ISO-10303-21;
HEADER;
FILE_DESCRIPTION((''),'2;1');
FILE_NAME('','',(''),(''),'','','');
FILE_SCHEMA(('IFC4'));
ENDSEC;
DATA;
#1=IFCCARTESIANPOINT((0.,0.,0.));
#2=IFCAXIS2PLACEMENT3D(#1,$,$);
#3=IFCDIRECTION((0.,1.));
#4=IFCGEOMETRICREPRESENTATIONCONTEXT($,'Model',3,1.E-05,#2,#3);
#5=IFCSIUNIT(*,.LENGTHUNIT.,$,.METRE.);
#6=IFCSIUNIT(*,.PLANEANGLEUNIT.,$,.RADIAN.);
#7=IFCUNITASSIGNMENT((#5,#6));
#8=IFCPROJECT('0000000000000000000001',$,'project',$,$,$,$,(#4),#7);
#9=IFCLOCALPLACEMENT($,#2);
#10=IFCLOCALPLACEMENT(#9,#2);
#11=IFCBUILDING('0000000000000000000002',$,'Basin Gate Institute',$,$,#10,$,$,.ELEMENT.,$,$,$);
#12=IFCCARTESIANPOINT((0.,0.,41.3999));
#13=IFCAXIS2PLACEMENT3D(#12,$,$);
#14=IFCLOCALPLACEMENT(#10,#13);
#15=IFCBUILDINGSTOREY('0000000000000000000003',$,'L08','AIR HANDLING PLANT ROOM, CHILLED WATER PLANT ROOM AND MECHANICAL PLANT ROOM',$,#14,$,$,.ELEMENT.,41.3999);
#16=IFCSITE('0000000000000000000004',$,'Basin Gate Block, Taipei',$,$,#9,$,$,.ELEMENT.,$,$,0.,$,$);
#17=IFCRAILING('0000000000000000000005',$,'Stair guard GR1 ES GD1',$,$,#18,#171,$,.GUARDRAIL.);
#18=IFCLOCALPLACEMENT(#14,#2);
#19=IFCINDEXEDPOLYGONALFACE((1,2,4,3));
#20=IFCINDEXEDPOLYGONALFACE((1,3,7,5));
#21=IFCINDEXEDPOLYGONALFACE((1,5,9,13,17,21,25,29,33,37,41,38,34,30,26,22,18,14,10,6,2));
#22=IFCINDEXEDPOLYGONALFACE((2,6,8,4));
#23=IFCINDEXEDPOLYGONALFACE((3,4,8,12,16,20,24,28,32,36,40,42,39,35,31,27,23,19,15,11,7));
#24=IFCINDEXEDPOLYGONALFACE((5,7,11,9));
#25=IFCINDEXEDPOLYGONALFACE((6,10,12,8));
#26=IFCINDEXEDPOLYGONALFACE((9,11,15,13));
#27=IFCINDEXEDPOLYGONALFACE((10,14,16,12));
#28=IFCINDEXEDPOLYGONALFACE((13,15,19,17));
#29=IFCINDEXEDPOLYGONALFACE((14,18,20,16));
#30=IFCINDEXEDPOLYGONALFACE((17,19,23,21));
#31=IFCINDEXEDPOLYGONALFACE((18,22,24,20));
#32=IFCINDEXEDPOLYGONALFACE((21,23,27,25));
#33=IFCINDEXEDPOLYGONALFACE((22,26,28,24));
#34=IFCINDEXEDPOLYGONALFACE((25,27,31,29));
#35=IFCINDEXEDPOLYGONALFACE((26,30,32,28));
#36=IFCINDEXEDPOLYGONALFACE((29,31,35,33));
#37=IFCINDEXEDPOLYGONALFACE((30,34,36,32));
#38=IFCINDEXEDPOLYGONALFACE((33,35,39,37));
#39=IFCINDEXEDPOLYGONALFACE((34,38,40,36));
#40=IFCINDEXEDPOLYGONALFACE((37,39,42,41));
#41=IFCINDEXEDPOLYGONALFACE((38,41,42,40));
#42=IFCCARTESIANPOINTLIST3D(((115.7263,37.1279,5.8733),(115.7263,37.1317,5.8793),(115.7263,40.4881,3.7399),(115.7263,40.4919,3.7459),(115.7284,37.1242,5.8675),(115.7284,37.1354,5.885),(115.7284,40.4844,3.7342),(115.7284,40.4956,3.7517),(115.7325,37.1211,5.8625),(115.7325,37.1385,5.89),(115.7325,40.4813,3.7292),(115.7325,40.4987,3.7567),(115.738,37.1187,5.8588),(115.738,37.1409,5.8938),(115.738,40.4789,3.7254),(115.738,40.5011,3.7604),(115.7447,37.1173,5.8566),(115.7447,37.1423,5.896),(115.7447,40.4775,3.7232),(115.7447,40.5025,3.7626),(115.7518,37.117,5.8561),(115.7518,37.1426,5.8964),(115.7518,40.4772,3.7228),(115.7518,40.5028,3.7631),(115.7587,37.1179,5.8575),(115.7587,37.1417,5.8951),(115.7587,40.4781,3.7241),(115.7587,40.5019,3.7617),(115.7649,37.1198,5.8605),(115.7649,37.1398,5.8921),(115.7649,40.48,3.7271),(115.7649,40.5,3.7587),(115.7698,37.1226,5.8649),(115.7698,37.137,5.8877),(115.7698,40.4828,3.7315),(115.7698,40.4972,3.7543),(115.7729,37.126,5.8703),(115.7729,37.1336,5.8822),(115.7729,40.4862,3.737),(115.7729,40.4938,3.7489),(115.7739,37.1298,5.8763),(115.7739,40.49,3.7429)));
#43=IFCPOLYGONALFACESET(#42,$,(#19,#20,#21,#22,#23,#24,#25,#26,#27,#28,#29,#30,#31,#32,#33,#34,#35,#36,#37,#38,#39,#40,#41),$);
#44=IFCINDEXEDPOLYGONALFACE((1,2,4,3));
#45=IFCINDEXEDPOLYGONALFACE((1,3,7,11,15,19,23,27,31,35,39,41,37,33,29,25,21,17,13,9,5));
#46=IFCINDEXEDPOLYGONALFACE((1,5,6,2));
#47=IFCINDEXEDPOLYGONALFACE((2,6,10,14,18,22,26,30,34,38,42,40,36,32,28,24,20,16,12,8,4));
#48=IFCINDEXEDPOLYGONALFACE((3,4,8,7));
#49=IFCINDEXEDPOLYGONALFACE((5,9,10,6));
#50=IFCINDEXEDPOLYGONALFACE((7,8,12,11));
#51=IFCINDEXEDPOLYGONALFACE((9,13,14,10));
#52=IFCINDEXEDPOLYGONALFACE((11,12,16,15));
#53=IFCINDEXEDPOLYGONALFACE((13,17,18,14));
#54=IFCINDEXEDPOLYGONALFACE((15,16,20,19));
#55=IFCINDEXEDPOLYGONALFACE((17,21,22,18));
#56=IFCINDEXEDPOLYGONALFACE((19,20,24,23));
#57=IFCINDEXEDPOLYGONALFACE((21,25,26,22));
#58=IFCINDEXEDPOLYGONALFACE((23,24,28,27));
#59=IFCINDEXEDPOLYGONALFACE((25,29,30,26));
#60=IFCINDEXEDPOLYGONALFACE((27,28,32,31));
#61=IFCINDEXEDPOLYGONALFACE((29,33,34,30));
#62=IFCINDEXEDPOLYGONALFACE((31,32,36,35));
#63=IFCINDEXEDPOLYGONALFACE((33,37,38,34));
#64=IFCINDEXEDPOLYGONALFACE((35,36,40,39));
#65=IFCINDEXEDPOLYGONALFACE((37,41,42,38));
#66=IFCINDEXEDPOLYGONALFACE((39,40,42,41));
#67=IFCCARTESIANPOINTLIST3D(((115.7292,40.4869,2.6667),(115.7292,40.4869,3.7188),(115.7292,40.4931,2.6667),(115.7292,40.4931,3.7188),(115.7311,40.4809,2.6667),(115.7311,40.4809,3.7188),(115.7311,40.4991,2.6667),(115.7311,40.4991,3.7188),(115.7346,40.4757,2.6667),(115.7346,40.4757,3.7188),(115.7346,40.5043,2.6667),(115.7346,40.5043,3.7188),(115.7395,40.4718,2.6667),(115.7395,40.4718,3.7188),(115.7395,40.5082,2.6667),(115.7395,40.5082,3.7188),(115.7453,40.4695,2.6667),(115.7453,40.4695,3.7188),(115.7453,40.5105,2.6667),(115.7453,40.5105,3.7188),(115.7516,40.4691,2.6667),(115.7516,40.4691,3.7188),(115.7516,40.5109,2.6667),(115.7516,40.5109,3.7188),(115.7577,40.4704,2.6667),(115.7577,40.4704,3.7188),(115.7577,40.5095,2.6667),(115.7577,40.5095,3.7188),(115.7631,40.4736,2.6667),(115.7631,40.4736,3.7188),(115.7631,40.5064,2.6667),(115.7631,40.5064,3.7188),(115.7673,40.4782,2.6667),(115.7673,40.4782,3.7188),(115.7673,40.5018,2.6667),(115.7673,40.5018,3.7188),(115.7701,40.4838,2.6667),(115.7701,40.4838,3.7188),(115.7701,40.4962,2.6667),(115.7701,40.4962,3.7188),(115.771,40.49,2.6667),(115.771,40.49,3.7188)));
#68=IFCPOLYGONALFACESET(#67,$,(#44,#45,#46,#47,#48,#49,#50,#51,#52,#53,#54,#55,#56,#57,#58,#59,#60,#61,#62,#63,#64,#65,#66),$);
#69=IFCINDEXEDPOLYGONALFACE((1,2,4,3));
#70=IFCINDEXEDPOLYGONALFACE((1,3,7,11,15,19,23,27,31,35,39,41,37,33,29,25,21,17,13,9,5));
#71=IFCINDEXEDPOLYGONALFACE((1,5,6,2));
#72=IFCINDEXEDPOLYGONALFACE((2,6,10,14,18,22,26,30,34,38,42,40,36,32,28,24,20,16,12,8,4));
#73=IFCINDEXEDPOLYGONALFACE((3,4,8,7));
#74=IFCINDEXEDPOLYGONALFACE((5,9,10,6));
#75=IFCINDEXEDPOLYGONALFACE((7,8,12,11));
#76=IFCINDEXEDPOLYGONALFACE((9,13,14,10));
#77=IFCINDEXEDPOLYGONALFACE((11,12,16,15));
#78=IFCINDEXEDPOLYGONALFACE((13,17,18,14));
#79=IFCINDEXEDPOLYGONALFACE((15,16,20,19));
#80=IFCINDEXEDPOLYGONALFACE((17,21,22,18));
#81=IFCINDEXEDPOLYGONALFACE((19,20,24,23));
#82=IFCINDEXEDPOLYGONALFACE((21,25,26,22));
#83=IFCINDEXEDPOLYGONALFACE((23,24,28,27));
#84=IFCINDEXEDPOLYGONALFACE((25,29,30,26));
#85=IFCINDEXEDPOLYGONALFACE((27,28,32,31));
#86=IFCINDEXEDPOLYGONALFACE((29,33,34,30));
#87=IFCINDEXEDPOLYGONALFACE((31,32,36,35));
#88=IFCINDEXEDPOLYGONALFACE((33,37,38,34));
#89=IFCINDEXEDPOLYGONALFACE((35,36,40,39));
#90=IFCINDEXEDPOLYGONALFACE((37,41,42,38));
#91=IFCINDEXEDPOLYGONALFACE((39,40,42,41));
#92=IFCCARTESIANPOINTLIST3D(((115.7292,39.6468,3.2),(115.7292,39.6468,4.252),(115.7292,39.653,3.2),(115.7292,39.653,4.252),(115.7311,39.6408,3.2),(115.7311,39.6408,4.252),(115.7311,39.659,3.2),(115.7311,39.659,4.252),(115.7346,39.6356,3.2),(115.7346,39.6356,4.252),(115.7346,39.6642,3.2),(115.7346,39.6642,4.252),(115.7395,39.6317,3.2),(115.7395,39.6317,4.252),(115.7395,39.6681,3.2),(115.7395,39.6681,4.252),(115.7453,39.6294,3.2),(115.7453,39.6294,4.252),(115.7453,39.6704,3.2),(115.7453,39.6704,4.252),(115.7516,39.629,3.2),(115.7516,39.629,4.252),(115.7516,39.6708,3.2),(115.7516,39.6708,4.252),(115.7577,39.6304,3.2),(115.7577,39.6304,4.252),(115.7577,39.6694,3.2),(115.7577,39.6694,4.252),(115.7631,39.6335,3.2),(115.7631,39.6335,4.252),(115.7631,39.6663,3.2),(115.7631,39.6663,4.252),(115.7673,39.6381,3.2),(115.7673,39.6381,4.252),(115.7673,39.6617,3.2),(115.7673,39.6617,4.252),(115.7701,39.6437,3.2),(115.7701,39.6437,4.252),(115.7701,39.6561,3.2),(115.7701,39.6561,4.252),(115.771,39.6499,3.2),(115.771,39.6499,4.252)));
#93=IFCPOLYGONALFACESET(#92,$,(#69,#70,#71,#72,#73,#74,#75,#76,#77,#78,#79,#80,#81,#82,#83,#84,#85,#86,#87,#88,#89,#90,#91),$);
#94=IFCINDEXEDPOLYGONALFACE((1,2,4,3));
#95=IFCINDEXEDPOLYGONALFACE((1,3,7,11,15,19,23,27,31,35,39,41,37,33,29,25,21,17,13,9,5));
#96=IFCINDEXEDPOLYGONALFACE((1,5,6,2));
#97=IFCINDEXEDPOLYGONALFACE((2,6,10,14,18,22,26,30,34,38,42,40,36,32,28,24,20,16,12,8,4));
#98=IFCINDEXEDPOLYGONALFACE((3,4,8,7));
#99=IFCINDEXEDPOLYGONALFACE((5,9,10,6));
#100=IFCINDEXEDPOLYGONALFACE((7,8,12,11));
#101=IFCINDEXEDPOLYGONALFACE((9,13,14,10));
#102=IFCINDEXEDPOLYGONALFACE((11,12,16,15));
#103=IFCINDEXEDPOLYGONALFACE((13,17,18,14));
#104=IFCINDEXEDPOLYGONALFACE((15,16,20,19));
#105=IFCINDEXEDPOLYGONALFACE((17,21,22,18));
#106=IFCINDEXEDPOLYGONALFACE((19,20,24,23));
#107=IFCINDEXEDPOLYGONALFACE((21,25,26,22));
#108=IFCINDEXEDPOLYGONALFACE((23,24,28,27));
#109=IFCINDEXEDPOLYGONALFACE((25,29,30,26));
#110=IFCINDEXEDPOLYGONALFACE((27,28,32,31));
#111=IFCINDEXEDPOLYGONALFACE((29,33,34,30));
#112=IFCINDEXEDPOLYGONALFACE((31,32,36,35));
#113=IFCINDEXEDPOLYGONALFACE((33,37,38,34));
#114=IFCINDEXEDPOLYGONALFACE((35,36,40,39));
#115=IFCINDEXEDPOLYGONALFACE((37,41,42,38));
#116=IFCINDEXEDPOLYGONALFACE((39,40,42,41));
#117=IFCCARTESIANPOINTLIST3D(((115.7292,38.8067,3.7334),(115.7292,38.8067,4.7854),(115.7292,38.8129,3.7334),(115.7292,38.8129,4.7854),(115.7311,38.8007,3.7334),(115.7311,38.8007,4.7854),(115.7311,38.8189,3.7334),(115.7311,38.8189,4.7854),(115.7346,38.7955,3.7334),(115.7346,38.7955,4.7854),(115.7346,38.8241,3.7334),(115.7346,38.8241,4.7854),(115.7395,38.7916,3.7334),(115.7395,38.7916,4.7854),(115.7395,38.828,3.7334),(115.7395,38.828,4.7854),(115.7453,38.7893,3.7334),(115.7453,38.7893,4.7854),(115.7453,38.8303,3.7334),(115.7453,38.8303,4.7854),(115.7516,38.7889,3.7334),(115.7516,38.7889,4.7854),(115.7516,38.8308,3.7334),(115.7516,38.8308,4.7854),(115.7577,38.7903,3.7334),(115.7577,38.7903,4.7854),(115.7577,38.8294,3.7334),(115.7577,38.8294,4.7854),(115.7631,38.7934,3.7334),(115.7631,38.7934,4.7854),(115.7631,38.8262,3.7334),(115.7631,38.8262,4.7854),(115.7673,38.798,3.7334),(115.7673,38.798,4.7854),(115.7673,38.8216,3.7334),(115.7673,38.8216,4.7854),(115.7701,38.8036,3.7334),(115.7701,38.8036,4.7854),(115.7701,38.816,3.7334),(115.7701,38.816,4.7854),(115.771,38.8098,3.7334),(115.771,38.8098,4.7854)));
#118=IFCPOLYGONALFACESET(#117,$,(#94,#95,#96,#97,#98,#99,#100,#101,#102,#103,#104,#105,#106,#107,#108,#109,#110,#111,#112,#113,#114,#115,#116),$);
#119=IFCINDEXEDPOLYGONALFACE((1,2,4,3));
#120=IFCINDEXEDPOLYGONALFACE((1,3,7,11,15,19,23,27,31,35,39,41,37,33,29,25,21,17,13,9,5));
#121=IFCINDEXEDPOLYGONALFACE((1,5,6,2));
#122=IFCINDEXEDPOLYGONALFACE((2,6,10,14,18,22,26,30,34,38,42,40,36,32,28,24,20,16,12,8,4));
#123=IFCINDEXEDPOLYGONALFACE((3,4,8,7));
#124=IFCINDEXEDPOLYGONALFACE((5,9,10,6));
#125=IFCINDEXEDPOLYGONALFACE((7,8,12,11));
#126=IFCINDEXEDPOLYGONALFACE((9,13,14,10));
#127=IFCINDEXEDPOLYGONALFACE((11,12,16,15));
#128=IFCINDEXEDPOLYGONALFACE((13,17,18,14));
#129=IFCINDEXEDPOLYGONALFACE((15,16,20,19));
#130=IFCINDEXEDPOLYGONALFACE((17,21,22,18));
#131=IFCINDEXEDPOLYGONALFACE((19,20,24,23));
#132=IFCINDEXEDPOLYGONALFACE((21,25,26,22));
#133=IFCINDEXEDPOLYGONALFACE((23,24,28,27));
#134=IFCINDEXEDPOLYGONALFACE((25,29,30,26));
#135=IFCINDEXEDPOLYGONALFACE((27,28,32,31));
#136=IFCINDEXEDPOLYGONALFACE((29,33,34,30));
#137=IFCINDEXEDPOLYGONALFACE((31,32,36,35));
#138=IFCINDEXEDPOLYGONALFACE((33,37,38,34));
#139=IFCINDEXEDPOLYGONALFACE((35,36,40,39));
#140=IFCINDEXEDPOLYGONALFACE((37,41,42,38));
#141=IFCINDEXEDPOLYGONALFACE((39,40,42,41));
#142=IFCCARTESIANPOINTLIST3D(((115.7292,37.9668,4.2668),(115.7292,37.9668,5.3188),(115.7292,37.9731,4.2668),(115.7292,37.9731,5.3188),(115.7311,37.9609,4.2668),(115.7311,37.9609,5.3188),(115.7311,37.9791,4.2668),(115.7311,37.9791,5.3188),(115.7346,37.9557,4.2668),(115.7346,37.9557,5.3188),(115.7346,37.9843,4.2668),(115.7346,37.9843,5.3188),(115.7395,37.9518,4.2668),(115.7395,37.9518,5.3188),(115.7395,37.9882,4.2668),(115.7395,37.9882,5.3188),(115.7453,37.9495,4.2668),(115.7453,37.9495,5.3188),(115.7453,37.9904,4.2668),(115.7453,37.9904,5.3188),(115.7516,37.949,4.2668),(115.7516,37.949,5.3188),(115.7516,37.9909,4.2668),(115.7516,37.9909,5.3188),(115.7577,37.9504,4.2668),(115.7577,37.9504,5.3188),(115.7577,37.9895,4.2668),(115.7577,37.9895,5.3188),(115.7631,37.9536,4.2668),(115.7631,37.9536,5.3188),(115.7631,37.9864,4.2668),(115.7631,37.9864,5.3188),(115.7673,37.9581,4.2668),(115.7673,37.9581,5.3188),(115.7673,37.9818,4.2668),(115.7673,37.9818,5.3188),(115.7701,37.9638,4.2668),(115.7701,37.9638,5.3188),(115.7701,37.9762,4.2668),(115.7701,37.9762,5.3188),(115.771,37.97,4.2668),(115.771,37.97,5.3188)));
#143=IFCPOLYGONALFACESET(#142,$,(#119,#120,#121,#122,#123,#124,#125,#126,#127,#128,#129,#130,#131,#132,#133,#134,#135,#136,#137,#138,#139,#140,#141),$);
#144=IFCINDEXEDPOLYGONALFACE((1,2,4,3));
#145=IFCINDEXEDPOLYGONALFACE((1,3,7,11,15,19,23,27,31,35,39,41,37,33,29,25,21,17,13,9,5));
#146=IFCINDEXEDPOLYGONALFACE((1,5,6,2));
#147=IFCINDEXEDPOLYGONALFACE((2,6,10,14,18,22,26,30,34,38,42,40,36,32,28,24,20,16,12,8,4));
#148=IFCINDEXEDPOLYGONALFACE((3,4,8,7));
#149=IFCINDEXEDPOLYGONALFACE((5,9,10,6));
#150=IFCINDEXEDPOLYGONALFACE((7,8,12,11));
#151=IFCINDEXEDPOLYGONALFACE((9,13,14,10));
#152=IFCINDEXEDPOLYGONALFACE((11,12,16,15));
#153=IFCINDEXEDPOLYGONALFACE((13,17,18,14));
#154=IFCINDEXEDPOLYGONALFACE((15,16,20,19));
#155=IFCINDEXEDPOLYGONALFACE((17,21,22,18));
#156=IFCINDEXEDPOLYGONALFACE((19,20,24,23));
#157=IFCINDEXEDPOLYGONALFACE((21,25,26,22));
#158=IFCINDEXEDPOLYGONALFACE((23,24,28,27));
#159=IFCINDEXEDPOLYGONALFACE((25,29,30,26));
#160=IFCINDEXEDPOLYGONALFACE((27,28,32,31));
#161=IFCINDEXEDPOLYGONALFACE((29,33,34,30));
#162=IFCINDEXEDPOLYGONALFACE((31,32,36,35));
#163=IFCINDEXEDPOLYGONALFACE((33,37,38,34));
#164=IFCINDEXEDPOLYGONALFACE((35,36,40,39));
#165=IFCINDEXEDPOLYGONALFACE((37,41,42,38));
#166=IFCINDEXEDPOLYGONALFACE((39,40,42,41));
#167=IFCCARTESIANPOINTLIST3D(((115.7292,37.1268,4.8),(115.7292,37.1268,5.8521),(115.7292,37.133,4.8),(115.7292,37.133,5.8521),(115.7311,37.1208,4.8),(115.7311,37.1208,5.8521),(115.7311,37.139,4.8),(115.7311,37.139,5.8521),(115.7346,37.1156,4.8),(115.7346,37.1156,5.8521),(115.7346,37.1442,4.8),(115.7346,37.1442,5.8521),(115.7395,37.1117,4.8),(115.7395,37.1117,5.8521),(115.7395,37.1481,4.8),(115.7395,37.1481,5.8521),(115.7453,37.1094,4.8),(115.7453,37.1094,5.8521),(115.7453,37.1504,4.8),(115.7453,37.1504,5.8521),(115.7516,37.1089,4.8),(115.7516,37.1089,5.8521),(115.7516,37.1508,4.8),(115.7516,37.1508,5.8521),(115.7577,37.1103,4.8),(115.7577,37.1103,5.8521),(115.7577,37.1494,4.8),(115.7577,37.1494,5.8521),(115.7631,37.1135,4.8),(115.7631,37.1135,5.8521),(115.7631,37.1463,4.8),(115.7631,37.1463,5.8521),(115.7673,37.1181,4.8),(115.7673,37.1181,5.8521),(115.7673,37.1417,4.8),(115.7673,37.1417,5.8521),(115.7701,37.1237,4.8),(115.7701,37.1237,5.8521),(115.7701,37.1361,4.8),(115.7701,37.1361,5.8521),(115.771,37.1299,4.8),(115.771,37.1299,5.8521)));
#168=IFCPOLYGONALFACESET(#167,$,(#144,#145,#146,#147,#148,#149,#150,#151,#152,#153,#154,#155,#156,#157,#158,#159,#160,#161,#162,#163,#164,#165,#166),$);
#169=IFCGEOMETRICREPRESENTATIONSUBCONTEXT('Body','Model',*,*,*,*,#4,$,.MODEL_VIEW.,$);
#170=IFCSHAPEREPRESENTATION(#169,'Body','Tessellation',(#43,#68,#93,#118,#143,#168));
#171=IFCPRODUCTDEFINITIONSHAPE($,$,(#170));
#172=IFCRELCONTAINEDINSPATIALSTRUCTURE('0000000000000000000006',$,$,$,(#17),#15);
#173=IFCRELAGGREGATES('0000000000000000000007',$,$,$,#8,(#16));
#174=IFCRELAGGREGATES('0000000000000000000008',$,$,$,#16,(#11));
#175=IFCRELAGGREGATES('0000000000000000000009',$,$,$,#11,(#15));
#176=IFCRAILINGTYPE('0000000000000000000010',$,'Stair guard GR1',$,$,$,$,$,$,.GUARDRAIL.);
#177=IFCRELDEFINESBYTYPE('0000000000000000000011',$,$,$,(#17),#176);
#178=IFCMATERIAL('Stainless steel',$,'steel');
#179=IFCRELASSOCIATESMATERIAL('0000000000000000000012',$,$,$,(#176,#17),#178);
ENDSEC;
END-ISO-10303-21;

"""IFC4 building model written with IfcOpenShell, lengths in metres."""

from ifc_helpers import new_model, si_unit, direction, frame, origin, origin_2d, place, context, subcontext, project, spatial, circle, extrude, material, type_object, element, save


model = new_model("IFC4")

# Units and contexts
model_context = context("Model", 3, precision=1e-05, world=origin(), true_north=direction((0.0, 1.0)))
body_context = subcontext(model_context, "Body", "Model", "MODEL_VIEW")
ifc_project = project(units=[si_unit("LENGTHUNIT", "METRE"), si_unit("PLANEANGLEUNIT", "RADIAN")], contexts=[model_context])

# Site, building, storey
site_placement = place(None, origin())
site = spatial("IfcSite", under=ifc_project, at=site_placement, Name="Basin Gate Block, Taipei", CompositionType="ELEMENT", RefElevation=0.0)
building_placement = place(site_placement, origin())
building = spatial("IfcBuilding", under=site, at=building_placement, Name="Basin Gate Institute", CompositionType="ELEMENT")
storey_placement = place(building_placement, frame((0.0, 0.0, 41.3999)))
storey = spatial("IfcBuildingStorey", under=building, at=storey_placement, Name="L08", Description="AIR HANDLING PLANT ROOM, CHILLED WATER PLANT ROOM AND MECHANICAL PLANT ROOM", CompositionType="ELEMENT", Elevation=41.3999)

# Railing
ifc_material_1 = material(Name="Stainless steel", Category="steel")
railing_type_1 = type_object("IfcRailingType", Name="Stair guard GR1", PredefinedType="GUARDRAIL", material=ifc_material_1)
railing_1_placement = place(storey_placement, frame((115.75, 40.49, 2.6667)))
element("IfcRailing", 1, at=railing_1_placement, inside=storey, type_object=railing_type_1, material=ifc_material_1, Name="Stair guard GR1 ES GD1", PredefinedType="GUARDRAIL", context=body_context, shape_type="SweptSolid", body=[
    extrude(circle(Radius=0.0239, at=origin_2d()), frame((0.0, 0.0, 1.0762), z_axis=(0.0, -0.844224, 0.53599), x_axis=(1.0, 0.0, 0.0)), (0.0, 0.0, 1.0), 3.9802),
    extrude(circle(Radius=0.021, at=origin_2d()), origin(), (0.0, 0.0, 1.0), 1.052),
    extrude(circle(Radius=0.021, at=origin_2d()), frame((0.0, -0.8401, 0.5332)), (0.0, 0.0, 1.0), 1.052),
    extrude(circle(Radius=0.021, at=origin_2d()), frame((0.0, -1.6802, 1.0667)), (0.0, 0.0, 1.0), 1.052),
    extrude(circle(Radius=0.021, at=origin_2d()), frame((0.0, -2.52, 1.6001)), (0.0, 0.0, 1.0), 1.052),
    extrude(circle(Radius=0.021, at=origin_2d()), frame((0.0, -3.3601, 2.1333)), (0.0, 0.0, 1.0), 1.052),
])

save(model, "model.ifc")
